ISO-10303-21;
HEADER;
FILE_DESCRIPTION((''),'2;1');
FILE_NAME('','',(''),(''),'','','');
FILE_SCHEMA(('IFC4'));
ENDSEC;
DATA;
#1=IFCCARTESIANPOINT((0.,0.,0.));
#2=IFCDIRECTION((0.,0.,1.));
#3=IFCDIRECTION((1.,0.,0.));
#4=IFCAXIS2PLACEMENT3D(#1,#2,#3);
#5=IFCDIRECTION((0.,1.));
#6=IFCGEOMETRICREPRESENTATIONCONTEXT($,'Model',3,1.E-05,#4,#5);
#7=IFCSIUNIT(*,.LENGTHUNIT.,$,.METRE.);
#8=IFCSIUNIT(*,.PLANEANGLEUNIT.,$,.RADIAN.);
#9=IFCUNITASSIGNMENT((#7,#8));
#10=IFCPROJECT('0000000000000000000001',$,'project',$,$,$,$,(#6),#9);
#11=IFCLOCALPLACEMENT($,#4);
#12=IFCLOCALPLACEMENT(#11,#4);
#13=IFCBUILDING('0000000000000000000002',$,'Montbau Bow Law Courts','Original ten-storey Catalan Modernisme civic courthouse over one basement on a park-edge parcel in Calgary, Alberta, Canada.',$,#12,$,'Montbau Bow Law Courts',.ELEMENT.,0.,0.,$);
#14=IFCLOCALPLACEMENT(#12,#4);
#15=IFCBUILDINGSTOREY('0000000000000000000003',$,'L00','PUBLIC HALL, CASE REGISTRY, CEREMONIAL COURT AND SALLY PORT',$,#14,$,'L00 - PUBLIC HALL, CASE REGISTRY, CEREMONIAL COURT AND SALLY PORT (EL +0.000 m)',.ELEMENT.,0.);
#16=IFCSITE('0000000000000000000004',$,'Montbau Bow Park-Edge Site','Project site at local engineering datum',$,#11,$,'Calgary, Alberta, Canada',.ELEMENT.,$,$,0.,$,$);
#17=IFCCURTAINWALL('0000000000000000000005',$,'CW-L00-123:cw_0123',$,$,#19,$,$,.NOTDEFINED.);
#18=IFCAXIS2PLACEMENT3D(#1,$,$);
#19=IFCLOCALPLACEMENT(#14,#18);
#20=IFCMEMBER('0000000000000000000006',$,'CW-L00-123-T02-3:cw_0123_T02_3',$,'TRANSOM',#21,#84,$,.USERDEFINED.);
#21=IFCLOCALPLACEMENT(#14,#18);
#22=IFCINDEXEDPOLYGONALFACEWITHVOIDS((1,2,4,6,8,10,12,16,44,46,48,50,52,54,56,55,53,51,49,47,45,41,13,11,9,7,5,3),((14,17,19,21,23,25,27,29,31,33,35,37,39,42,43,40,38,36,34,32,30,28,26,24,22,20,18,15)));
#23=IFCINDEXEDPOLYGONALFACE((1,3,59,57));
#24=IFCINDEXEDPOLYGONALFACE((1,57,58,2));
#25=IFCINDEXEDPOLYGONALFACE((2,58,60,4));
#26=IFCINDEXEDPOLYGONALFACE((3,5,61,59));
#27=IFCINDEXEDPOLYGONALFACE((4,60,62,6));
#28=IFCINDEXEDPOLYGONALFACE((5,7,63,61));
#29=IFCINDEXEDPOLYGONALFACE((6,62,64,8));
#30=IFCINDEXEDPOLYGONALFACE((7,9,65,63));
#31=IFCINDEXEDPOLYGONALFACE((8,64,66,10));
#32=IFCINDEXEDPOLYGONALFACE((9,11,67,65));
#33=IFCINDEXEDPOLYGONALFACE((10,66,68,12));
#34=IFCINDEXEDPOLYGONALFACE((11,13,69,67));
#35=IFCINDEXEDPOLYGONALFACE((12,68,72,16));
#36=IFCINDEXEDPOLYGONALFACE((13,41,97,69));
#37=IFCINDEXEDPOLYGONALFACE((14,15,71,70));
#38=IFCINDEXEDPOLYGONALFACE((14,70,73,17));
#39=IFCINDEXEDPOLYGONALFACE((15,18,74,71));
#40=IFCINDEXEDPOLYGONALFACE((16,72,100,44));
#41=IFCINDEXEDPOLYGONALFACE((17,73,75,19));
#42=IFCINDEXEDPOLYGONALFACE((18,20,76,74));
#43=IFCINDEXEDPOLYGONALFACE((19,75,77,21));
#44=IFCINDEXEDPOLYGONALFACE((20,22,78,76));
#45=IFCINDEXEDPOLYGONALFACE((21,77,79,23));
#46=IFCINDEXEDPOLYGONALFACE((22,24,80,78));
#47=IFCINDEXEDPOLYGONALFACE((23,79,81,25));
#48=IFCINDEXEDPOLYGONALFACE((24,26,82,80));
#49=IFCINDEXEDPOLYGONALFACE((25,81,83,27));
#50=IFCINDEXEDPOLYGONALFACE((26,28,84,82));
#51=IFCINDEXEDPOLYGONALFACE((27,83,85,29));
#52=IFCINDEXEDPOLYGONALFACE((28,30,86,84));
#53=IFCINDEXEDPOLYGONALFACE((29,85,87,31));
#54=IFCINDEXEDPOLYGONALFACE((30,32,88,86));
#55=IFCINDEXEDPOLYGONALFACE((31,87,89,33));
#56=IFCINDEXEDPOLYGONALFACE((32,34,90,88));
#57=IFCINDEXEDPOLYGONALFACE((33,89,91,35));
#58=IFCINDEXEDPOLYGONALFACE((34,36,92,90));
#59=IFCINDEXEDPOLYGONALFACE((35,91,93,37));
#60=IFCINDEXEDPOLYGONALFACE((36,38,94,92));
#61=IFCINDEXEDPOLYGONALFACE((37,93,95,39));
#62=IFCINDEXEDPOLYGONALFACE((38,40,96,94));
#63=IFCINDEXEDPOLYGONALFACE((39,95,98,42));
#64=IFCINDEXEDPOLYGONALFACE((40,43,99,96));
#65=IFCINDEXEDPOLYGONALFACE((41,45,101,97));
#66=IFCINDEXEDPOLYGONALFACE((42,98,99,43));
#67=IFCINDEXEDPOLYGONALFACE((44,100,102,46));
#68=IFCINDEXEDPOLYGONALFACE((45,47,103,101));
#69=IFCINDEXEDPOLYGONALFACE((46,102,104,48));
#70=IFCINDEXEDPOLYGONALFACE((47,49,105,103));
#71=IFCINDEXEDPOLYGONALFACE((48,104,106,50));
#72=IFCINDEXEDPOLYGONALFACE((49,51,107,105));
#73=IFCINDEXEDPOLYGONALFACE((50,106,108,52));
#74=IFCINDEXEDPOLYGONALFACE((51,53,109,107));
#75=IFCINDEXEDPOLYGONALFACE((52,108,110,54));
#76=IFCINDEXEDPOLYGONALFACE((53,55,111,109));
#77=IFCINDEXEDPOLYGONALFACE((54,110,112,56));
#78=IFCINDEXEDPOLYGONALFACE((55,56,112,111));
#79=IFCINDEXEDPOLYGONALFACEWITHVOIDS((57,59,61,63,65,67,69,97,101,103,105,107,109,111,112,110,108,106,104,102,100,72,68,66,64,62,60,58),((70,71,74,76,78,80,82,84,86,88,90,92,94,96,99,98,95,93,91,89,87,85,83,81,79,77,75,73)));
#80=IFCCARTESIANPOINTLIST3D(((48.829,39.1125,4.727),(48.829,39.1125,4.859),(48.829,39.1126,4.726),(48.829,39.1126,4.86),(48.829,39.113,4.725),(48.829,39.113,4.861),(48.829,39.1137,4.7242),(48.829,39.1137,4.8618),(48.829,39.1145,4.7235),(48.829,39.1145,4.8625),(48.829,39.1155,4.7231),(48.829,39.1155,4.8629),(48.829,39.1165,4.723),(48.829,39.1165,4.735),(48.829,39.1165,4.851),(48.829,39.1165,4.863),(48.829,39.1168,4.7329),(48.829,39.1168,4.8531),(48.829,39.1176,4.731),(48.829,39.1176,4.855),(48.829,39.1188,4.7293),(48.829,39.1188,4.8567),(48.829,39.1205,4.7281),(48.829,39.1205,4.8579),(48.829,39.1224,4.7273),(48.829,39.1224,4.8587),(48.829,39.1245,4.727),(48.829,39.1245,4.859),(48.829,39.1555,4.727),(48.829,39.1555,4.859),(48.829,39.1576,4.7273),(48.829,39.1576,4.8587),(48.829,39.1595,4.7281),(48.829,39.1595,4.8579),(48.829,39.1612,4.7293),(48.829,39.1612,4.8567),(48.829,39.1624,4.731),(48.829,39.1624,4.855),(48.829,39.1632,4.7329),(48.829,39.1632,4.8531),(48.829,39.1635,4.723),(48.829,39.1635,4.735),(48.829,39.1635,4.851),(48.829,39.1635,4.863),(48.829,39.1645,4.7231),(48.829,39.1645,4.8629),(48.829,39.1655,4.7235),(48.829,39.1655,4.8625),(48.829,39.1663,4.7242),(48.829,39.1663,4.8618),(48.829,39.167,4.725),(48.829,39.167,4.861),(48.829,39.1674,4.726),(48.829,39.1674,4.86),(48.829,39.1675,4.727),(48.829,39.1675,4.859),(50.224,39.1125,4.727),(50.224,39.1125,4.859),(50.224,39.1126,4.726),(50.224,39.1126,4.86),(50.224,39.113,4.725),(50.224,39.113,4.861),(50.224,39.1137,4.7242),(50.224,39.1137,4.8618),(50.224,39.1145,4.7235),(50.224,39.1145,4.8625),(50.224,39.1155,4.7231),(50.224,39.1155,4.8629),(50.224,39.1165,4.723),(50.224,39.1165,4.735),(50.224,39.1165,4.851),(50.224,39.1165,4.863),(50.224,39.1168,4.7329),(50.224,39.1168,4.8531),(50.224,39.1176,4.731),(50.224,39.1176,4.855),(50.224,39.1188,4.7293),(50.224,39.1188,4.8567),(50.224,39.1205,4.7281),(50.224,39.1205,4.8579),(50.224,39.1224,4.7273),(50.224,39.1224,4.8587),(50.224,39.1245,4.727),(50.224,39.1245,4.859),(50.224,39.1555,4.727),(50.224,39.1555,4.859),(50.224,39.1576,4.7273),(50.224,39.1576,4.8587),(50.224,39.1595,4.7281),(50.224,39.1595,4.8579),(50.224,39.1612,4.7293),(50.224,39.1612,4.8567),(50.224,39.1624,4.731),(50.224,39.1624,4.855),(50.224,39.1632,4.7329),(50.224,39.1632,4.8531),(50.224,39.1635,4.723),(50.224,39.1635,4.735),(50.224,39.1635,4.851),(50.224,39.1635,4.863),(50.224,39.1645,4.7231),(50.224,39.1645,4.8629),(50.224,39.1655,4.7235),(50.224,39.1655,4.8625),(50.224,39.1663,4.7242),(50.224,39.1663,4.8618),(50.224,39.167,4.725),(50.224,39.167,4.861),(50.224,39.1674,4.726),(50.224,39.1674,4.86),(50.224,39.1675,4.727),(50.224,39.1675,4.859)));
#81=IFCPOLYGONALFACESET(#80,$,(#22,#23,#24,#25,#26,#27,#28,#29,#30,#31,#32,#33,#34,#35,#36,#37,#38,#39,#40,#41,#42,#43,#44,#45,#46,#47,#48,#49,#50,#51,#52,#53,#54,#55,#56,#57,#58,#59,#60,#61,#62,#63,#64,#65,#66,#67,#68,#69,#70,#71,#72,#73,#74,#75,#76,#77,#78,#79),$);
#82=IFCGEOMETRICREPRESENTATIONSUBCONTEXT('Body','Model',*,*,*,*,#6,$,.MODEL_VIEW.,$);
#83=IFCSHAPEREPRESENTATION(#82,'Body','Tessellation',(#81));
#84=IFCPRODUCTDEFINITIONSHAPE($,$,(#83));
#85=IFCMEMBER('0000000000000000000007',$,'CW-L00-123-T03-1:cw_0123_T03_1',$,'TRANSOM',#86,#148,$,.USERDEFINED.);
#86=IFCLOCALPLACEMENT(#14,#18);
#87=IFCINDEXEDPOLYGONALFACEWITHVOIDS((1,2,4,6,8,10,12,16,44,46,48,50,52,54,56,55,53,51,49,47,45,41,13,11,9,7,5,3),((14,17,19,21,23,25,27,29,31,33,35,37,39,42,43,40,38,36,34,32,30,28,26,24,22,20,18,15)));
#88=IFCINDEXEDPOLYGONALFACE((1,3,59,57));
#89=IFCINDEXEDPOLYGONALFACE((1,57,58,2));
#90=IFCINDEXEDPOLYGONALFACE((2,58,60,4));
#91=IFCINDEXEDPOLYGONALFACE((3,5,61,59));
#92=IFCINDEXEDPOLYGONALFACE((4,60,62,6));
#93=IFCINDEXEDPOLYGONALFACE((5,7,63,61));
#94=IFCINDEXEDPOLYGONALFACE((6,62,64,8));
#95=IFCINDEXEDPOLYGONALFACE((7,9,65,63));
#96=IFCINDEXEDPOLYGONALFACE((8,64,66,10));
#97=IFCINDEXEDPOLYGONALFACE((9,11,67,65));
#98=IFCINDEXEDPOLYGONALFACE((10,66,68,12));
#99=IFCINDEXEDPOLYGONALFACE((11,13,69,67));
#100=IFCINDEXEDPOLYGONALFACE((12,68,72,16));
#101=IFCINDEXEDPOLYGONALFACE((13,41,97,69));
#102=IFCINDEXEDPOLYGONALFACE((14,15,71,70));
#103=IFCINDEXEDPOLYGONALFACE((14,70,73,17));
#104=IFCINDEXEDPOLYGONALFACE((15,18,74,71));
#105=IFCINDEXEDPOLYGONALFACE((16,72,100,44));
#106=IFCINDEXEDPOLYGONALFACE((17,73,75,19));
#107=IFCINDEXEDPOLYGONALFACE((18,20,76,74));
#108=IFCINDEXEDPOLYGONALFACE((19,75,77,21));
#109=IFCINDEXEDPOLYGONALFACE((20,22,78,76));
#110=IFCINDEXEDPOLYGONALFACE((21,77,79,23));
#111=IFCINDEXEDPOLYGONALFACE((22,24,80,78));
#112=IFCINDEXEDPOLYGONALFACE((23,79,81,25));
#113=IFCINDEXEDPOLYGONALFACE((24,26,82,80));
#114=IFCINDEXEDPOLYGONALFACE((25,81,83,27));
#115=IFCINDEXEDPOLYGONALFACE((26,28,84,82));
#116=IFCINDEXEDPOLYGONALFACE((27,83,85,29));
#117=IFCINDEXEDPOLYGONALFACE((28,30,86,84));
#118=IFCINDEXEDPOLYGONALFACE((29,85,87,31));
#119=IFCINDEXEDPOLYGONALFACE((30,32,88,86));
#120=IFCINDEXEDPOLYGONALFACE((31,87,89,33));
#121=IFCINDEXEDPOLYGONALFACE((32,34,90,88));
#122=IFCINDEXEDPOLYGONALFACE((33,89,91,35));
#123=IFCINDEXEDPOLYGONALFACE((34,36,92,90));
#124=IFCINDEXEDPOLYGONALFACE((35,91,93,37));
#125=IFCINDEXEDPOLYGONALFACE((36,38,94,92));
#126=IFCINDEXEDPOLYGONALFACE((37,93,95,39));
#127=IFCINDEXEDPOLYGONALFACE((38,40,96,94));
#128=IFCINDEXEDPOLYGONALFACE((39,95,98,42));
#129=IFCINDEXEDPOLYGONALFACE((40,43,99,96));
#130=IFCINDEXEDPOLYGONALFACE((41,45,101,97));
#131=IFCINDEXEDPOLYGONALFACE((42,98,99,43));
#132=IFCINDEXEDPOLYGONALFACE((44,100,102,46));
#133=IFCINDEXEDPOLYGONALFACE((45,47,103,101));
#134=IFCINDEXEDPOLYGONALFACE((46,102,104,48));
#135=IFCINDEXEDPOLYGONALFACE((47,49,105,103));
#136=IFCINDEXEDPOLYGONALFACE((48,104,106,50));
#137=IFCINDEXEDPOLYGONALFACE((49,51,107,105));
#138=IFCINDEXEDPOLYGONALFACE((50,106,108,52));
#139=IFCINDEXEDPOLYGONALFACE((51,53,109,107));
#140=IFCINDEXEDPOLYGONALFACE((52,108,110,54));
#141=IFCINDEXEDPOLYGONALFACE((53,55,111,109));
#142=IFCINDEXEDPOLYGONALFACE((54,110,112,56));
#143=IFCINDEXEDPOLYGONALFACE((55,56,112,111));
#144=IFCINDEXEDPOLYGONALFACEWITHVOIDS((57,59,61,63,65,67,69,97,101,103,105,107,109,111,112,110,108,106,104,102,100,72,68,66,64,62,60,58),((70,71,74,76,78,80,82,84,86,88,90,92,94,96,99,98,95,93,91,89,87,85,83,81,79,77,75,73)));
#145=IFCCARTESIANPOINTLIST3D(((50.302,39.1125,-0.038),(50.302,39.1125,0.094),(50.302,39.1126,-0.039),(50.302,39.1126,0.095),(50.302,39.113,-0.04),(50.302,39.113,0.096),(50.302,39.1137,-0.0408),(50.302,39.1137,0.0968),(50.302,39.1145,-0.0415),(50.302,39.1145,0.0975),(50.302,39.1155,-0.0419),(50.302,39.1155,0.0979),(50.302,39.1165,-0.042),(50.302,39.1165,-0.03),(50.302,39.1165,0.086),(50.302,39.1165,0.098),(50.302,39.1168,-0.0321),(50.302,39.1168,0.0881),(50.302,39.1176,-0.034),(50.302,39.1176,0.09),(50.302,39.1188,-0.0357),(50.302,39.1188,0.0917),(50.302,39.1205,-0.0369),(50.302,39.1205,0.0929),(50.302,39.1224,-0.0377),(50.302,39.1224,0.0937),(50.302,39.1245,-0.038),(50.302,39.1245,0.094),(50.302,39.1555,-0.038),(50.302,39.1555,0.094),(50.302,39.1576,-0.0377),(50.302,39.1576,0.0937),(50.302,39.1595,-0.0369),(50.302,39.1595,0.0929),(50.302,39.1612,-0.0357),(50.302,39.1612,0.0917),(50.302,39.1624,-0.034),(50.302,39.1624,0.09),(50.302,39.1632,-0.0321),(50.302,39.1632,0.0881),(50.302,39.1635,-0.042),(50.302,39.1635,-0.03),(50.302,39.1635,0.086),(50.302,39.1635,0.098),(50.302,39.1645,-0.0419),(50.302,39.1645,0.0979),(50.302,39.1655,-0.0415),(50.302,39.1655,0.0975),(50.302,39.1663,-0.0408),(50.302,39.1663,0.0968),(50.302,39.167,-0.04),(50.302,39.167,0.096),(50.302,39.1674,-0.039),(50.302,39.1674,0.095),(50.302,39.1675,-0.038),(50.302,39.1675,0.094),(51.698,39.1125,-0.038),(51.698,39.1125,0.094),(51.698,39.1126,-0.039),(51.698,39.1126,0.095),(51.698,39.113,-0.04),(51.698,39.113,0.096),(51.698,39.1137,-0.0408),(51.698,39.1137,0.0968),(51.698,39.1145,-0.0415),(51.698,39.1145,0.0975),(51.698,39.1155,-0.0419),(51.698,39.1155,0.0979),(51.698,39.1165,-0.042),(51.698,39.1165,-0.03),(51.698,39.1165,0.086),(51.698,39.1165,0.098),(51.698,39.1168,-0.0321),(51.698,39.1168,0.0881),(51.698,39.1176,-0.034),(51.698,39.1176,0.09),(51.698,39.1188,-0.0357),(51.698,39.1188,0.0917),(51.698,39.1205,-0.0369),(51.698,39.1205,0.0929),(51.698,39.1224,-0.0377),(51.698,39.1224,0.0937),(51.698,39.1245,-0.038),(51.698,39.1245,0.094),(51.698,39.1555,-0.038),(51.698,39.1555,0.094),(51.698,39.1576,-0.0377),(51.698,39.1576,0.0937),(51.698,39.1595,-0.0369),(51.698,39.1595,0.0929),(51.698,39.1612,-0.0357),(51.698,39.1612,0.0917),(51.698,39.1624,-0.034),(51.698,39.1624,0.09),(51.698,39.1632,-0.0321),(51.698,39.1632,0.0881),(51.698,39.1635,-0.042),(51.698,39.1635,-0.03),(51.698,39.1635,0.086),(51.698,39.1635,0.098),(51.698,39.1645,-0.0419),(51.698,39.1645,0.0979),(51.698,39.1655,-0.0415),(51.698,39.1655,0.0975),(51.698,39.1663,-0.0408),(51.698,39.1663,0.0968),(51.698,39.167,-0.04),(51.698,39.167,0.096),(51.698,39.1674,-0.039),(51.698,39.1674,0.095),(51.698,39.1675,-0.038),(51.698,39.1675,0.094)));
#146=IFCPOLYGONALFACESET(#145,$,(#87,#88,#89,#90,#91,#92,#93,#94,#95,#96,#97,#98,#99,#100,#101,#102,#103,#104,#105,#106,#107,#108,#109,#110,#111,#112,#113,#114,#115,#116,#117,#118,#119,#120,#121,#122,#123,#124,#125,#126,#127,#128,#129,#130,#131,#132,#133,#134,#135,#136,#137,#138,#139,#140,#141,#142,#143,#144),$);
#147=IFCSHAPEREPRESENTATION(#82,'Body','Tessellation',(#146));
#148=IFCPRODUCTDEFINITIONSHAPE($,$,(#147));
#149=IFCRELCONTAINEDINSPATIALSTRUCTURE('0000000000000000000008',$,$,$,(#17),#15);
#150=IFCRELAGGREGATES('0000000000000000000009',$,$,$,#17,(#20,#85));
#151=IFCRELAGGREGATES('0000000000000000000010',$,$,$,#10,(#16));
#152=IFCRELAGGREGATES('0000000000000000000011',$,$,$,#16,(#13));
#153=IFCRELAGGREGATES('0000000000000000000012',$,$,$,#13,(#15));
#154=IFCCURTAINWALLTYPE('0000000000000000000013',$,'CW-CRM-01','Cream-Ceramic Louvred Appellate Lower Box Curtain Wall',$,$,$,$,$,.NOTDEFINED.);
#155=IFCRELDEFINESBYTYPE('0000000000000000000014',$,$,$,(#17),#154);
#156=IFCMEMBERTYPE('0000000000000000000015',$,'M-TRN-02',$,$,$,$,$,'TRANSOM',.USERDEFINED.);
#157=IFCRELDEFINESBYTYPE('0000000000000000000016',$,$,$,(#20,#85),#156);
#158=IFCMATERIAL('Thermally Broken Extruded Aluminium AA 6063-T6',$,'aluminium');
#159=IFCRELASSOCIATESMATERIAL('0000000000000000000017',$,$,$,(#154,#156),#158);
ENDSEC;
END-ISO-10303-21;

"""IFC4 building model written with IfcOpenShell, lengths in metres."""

from ifc_helpers import new_model, si_unit, direction, frame, origin_with_axes, origin_2d_with_axis, place, context, subcontext, project, spatial, hollow_rectangle, extrude, material, material_profile, profile_set, type_object, element, aggregate, save


model = new_model("IFC4")

# Units and contexts
model_context = context("Model", 3, precision=1e-05, world=origin_with_axes(), true_north=direction((0.0, 1.0)))
body_context = subcontext(model_context, "Body", "Model", "MODEL_VIEW")
ifc_project = project(units=[si_unit("LENGTHUNIT", "METRE"), si_unit("PLANEANGLEUNIT", "RADIAN")], contexts=[model_context])

# Site, building, storey
site_placement = place(None, origin_with_axes())
site = spatial("IfcSite", under=ifc_project, at=site_placement, Name="Montbau Bow Park-Edge Site", Description="Project site at local engineering datum", LongName="Calgary, Alberta, Canada", CompositionType="ELEMENT", RefElevation=0.0)
building_placement = place(site_placement, origin_with_axes())
building = spatial("IfcBuilding", under=site, at=building_placement, Name="Montbau Bow Law Courts", Description="Original ten-storey Catalan Modernisme civic courthouse over one basement on a park-edge parcel in Calgary, Alberta, Canada.", LongName="Montbau Bow Law Courts", CompositionType="ELEMENT", ElevationOfRefHeight=0.0, ElevationOfTerrain=0.0)
storey_placement = place(building_placement, origin_with_axes())
storey = spatial("IfcBuildingStorey", under=building, at=storey_placement, Name="L00", Description="PUBLIC HALL, CASE REGISTRY, CEREMONIAL COURT AND SALLY PORT", LongName="L00 - PUBLIC HALL, CASE REGISTRY, CEREMONIAL COURT AND SALLY PORT (EL +0.000 m)", CompositionType="ELEMENT", Elevation=0.0)

# Curtain wall, members
ifc_material_1 = material(Name="Thermally Broken Extruded Aluminium AA 6063-T6", Category="aluminium")
curtain_wall_type = type_object("IfcCurtainWallType", Name="CW-CRM-01", Description="Cream-Ceramic Louvred Appellate Lower Box Curtain Wall", PredefinedType="NOTDEFINED", material=ifc_material_1)
curtain_wall_placement = place(None, frame((47.315, 39.14, 0.0), z_axis=(0.0, 0.0, 1.0), x_axis=(1.0, 0.0, 0.0)))
curtain_wall = element("IfcCurtainWall", 1, at=curtain_wall_placement, inside=storey, type_object=curtain_wall_type, Name="CW-L00-123:cw_0123", PredefinedType="NOTDEFINED")
ifc_material_profile_1 = material_profile(ifc_material_1, hollow_rectangle(XDim=0.055, YDim=0.14, WallThickness=0.004, InnerFilletRadius=0.008, OuterFilletRadius=0.004, at=origin_2d_with_axis()), Name="CWT-140X55", Category="Main", Priority=0)
ifc_profile_set_1 = profile_set([ifc_material_profile_1], Name="Thermally Broken Extruded Aluminium AA 6063-T6")
member_type_1 = type_object("IfcMemberType", Name="M-TRN-02", ElementType="TRANSOM", PredefinedType="USERDEFINED", material=ifc_profile_set_1)
member_1_placement = place(None, frame((48.829, 39.14, 4.793), z_axis=(1.0, 0.0, 0.0), x_axis=(0.0, 1.0, 0.0)))
member_1 = element("IfcMember", 2, at=member_1_placement, type_object=member_type_1, Name="CW-L00-123-T02-3:cw_0123_T02_3", ObjectType="TRANSOM", PredefinedType="USERDEFINED", context=body_context, shape_type="SweptSolid", body=[
    extrude(hollow_rectangle(XDim=0.055, YDim=0.14, WallThickness=0.004, InnerFilletRadius=0.008, OuterFilletRadius=0.004, at=origin_2d_with_axis()), origin_with_axes(), (0.0, 0.0, 1.0), 1.395),
])
member_2_placement = place(None, frame((50.302, 39.14, 0.028), z_axis=(1.0, 0.0, 0.0), x_axis=(0.0, 1.0, 0.0)))
member_2 = element("IfcMember", 3, at=member_2_placement, type_object=member_type_1, Name="CW-L00-123-T03-1:cw_0123_T03_1", ObjectType="TRANSOM", PredefinedType="USERDEFINED", context=body_context, shape_type="SweptSolid", body=[
    extrude(hollow_rectangle(XDim=0.055, YDim=0.14, WallThickness=0.004, InnerFilletRadius=0.008, OuterFilletRadius=0.004, at=origin_2d_with_axis()), origin_with_axes(), (0.0, 0.0, 1.0), 1.396),
])
aggregate(curtain_wall, [member_1, member_2])

save(model, "model.ifc")
